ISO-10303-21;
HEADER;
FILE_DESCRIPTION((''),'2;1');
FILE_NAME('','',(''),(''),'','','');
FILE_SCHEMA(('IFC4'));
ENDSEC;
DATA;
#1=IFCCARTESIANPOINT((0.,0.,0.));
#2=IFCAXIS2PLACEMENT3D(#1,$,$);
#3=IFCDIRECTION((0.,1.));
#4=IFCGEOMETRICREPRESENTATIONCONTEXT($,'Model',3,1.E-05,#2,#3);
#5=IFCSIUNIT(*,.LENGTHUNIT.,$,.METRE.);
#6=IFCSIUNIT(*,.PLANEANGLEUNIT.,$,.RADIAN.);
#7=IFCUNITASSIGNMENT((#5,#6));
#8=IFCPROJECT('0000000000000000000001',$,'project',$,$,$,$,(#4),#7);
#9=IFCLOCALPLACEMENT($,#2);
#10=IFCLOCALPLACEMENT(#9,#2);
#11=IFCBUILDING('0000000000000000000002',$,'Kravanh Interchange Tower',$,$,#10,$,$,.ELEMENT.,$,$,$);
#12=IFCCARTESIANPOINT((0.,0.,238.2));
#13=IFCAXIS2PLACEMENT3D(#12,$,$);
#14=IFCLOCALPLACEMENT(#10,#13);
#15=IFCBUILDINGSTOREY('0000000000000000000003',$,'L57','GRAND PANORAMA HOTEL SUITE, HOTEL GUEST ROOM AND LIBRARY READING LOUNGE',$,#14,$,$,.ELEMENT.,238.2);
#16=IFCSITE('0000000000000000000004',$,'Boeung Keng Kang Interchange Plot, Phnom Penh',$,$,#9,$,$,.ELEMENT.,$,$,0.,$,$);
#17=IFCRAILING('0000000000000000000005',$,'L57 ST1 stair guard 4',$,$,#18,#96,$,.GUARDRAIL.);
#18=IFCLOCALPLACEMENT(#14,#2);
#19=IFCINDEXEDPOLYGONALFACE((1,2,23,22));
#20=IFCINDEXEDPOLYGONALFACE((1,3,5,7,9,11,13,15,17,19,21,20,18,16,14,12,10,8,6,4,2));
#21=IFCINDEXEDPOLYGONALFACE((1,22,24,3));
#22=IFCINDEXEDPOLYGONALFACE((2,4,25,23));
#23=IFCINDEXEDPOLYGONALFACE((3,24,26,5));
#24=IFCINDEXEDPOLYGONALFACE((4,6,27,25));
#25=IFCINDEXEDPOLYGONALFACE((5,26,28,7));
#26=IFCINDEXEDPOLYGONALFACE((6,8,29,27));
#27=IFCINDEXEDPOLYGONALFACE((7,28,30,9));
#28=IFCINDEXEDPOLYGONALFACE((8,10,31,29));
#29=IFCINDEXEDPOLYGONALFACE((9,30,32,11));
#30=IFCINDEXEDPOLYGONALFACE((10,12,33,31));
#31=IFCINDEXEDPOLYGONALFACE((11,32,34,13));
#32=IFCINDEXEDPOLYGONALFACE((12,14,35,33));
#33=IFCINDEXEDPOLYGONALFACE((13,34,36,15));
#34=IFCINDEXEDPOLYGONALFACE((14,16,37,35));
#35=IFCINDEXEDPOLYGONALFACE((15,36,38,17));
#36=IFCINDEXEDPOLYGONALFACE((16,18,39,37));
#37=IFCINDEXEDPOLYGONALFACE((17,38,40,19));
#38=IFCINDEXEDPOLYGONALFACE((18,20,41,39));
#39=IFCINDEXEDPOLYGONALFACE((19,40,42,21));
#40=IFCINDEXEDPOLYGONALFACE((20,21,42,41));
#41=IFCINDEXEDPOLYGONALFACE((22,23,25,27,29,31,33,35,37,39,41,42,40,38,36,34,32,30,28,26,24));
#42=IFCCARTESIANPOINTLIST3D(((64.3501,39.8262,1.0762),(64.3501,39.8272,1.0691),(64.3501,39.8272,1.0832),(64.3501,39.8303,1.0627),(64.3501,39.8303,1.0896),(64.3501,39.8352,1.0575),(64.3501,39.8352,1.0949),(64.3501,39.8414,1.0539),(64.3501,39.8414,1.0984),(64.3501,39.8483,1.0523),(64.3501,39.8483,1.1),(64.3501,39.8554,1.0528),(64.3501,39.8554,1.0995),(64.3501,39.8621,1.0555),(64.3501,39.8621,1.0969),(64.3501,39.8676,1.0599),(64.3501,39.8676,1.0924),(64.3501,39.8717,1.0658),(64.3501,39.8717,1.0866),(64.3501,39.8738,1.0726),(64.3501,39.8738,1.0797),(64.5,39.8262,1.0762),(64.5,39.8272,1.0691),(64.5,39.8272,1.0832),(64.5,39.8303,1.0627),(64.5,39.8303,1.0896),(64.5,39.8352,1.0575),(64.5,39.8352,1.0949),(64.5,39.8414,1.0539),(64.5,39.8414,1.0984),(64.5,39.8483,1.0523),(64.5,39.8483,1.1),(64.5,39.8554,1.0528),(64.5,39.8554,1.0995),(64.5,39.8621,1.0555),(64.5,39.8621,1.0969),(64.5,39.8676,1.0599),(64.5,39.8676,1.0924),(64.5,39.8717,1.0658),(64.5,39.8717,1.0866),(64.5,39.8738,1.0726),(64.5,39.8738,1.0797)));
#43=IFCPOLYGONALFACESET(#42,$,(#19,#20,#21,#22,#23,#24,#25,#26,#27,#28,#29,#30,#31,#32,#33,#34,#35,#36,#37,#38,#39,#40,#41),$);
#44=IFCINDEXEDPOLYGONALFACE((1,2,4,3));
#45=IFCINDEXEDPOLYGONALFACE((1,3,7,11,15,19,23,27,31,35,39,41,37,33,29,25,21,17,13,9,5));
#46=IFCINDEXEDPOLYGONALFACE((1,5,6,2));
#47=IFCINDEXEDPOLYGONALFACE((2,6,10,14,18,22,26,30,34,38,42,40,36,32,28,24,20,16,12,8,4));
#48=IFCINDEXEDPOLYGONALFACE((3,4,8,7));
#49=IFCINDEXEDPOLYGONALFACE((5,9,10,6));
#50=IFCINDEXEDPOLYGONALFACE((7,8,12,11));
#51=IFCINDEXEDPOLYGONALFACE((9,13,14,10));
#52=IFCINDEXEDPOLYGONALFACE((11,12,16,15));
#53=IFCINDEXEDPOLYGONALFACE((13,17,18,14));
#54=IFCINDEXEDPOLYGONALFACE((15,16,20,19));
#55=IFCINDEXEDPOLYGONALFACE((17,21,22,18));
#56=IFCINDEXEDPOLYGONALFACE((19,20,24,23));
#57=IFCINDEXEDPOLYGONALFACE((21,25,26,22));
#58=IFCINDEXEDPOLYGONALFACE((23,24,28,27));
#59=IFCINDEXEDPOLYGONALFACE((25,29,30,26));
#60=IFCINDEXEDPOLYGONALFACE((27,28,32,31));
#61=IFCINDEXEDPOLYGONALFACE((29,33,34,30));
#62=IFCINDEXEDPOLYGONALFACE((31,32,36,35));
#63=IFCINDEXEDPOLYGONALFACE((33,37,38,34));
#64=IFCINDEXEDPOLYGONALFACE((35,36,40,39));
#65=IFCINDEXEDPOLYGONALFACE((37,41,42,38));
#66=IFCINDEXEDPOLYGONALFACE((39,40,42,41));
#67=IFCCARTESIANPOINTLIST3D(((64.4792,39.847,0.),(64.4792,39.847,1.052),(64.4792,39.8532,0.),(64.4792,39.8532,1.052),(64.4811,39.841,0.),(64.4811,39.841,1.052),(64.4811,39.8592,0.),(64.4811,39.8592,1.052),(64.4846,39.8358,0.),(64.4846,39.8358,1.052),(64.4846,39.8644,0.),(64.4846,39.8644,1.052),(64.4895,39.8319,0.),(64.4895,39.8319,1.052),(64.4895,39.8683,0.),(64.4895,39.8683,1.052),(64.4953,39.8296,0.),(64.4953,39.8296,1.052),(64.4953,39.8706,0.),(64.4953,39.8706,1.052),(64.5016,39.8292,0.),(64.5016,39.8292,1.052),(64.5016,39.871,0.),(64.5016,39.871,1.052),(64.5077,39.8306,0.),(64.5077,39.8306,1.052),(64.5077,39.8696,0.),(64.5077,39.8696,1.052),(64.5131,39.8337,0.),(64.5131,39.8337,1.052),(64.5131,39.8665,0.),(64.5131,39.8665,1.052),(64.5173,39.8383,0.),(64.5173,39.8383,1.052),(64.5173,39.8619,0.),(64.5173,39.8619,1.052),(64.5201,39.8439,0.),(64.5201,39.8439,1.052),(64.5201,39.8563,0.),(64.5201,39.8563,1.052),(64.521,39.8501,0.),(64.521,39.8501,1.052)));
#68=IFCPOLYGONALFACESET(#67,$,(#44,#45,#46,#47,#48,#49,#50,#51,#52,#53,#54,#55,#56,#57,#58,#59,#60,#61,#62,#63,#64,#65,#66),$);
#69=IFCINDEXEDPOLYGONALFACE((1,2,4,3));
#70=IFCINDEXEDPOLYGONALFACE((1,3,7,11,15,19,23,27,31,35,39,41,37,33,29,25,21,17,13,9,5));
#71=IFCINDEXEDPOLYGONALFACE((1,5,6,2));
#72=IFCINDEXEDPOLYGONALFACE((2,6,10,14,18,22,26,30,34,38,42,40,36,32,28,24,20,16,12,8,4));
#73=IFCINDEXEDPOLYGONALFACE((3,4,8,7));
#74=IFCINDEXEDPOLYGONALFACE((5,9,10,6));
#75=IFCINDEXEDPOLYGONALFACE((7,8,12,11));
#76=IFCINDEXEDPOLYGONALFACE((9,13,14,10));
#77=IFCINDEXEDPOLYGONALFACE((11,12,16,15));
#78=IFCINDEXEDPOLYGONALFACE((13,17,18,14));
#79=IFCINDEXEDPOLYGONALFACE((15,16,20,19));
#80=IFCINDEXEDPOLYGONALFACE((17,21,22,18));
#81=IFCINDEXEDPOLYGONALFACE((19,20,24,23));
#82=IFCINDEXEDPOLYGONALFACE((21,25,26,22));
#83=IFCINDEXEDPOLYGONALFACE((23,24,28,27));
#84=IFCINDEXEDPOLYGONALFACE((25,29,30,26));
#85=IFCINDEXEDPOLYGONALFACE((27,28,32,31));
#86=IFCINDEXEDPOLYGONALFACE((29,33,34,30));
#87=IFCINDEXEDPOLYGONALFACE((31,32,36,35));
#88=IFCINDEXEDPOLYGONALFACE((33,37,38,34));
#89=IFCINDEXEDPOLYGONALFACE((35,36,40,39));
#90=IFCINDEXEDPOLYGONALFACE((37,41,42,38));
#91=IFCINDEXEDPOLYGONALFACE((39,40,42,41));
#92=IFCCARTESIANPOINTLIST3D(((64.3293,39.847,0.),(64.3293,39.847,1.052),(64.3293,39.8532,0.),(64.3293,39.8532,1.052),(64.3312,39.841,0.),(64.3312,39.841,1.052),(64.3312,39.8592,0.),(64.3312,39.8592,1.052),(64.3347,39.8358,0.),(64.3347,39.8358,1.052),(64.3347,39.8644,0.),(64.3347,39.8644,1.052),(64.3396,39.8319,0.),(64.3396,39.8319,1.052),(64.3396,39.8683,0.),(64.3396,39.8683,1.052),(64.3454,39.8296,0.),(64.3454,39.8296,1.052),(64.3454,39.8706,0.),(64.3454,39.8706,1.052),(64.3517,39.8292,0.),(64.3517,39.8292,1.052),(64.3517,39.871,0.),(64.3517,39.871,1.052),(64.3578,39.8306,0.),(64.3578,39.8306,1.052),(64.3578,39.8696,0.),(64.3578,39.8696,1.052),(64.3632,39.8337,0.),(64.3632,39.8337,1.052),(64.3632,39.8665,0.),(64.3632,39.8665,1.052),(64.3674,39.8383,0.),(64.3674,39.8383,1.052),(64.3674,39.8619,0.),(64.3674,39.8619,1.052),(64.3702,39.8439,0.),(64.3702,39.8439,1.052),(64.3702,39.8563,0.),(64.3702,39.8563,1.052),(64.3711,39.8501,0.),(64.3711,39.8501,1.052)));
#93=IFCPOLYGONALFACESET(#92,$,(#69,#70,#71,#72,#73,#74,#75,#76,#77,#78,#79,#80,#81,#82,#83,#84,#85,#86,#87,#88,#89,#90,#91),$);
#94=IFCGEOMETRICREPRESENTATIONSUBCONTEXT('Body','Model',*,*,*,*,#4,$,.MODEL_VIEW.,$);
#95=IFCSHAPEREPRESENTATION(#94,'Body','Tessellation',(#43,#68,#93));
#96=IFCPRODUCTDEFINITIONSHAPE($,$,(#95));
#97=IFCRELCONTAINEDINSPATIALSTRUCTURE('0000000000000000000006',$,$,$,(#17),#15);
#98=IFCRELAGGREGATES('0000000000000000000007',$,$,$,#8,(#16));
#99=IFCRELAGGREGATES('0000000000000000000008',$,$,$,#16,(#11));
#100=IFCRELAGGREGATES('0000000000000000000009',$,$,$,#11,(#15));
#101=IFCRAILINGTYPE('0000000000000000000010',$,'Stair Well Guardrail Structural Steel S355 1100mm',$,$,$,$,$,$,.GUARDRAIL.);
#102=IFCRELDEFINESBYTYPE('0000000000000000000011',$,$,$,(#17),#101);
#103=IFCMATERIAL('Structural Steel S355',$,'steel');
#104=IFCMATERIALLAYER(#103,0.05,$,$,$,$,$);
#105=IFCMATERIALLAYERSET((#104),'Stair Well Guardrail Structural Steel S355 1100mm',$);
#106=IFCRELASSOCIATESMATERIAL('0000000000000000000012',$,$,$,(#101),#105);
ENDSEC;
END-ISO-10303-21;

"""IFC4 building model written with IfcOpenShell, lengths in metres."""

from ifc_helpers import new_model, si_unit, direction, frame, origin, origin_2d, place, context, subcontext, project, spatial, circle, extrude, material, layer, layer_set, type_object, element, save


model = new_model("IFC4")

# Units and contexts
model_context = context("Model", 3, precision=1e-05, world=origin(), true_north=direction((0.0, 1.0)))
body_context = subcontext(model_context, "Body", "Model", "MODEL_VIEW")
ifc_project = project(units=[si_unit("LENGTHUNIT", "METRE"), si_unit("PLANEANGLEUNIT", "RADIAN")], contexts=[model_context])

# Site, building, storey
site_placement = place(None, origin())
site = spatial("IfcSite", under=ifc_project, at=site_placement, Name="Boeung Keng Kang Interchange Plot, Phnom Penh", CompositionType="ELEMENT", RefElevation=0.0)
building_placement = place(site_placement, origin())
building = spatial("IfcBuilding", under=site, at=building_placement, Name="Kravanh Interchange Tower", CompositionType="ELEMENT")
storey_placement = place(building_placement, frame((0.0, 0.0, 238.2)))
storey = spatial("IfcBuildingStorey", under=building, at=storey_placement, Name="L57", Description="GRAND PANORAMA HOTEL SUITE, HOTEL GUEST ROOM AND LIBRARY READING LOUNGE", CompositionType="ELEMENT", Elevation=238.2)

# Railing
ifc_material_1 = material(Name="Structural Steel S355", Category="steel")
ifc_layer_1 = layer(ifc_material_1, 0.05)
ifc_layer_set_1 = layer_set([ifc_layer_1], Name="Stair Well Guardrail Structural Steel S355 1100mm")
railing_type_1 = type_object("IfcRailingType", Name="Stair Well Guardrail Structural Steel S355 1100mm", PredefinedType="GUARDRAIL", material=ifc_layer_set_1)
railing_1_placement = place(storey_placement, frame((64.5, 39.8501, 0.0)))
element("IfcRailing", 1, at=railing_1_placement, inside=storey, type_object=railing_type_1, Name="L57 ST1 stair guard 4", PredefinedType="GUARDRAIL", context=body_context, shape_type="SweptSolid", body=[
    extrude(circle(Radius=0.0239, at=origin_2d()), frame((0.0, 0.0, 1.0762), z_axis=(-1.0, 0.0, 0.0), x_axis=(0.0, -1.0, 0.0)), (0.0, 0.0, 1.0), 0.1499),
    extrude(circle(Radius=0.021, at=origin_2d()), origin(), (0.0, 0.0, 1.0), 1.052),
    extrude(circle(Radius=0.021, at=origin_2d()), frame((-0.1499, 0.0, 0.0)), (0.0, 0.0, 1.0), 1.052),
])

save(model, "model.ifc")
